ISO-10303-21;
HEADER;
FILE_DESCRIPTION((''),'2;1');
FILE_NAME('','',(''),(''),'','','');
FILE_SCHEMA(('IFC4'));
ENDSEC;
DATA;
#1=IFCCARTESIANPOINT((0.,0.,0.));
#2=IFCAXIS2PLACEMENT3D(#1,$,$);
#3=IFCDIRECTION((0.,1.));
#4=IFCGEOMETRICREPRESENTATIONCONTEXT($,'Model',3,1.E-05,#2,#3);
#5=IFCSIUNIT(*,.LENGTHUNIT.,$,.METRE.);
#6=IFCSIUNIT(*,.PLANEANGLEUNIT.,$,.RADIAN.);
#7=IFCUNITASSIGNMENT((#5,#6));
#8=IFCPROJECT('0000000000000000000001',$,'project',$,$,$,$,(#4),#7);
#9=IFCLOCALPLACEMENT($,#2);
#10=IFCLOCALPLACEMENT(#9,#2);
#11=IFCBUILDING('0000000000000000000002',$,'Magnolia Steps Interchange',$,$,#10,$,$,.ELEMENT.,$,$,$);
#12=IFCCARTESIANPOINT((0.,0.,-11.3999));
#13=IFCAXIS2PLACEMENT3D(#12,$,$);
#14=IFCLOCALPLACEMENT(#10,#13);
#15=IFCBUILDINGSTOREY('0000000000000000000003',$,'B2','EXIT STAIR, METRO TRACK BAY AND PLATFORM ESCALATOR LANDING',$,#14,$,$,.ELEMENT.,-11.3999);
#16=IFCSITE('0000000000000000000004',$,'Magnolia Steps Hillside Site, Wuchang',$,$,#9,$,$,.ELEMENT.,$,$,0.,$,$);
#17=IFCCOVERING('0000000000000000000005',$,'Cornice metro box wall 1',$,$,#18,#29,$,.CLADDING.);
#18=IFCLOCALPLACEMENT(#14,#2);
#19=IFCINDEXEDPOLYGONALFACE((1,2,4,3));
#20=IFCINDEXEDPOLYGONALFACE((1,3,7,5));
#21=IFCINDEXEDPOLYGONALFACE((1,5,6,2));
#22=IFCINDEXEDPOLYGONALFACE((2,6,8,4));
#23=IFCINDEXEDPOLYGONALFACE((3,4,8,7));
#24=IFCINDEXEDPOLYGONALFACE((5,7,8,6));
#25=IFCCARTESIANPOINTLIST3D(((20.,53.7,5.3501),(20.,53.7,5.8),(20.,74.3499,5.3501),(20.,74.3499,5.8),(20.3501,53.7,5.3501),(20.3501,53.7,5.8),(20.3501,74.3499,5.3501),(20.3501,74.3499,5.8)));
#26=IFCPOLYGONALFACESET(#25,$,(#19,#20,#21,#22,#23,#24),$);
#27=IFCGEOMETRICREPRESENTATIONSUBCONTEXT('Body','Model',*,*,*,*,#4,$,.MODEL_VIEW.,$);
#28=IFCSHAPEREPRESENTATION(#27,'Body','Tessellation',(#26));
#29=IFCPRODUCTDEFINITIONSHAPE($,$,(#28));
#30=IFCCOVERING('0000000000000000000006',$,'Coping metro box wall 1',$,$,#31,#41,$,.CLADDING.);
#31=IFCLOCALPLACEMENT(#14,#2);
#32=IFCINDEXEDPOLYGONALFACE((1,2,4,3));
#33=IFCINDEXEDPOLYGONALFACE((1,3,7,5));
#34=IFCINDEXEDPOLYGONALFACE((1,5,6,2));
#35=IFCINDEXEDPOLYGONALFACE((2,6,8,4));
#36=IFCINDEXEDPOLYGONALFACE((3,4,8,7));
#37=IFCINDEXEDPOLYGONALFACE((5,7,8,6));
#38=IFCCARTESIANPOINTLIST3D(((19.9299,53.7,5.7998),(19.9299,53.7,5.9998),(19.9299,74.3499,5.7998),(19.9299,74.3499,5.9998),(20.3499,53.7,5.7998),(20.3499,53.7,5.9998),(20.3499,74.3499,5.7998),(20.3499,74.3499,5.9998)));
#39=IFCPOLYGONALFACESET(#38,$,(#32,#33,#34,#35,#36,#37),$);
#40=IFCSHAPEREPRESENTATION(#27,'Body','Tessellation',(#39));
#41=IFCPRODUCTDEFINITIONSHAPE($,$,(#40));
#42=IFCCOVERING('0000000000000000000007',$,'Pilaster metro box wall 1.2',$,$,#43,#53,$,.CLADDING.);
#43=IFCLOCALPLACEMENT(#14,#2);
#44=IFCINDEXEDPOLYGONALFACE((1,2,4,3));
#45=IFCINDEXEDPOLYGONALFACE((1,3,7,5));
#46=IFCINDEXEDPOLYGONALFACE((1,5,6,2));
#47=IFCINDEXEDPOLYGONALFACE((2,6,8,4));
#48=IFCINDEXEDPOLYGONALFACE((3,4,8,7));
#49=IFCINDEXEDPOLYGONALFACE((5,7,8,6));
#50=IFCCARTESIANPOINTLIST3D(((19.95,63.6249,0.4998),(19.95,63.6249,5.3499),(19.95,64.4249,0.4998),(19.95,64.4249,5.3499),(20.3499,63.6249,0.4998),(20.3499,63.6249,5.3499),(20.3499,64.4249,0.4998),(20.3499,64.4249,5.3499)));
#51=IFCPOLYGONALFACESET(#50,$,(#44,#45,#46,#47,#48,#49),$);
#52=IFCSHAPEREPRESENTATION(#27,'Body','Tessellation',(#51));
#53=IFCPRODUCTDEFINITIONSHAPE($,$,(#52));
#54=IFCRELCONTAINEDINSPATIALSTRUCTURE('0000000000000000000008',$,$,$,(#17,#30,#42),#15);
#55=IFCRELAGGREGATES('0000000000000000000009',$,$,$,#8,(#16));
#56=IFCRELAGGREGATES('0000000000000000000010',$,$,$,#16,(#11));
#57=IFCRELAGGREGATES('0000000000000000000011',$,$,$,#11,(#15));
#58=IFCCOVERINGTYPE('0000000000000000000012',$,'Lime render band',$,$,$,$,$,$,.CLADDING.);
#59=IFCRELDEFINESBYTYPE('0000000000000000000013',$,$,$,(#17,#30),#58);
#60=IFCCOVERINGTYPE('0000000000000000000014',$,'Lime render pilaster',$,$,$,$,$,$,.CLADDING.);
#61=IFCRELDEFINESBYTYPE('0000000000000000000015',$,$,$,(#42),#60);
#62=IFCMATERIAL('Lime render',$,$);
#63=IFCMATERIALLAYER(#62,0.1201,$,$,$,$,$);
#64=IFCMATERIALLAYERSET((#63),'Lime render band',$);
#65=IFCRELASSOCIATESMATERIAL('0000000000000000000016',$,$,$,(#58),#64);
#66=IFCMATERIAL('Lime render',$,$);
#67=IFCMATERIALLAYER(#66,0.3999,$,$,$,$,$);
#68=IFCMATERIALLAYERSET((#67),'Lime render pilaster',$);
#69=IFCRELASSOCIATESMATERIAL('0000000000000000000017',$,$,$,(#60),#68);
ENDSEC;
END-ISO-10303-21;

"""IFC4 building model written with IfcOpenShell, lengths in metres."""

from ifc_helpers import new_model, si_unit, direction, frame, origin, origin_2d, place, context, subcontext, project, spatial, rectangle, extrude, material, layer, layer_set, type_object, element, save


model = new_model("IFC4")

# Units and contexts
model_context = context("Model", 3, precision=1e-05, world=origin(), true_north=direction((0.0, 1.0)))
body_context = subcontext(model_context, "Body", "Model", "MODEL_VIEW")
ifc_project = project(units=[si_unit("LENGTHUNIT", "METRE"), si_unit("PLANEANGLEUNIT", "RADIAN")], contexts=[model_context])

# Site, building, storey
site_placement = place(None, origin())
site = spatial("IfcSite", under=ifc_project, at=site_placement, Name="Magnolia Steps Hillside Site, Wuchang", CompositionType="ELEMENT", RefElevation=0.0)
building_placement = place(site_placement, origin())
building = spatial("IfcBuilding", under=site, at=building_placement, Name="Magnolia Steps Interchange", CompositionType="ELEMENT")
storey_placement = place(building_placement, frame((0.0, 0.0, -11.3999)))
storey = spatial("IfcBuildingStorey", under=building, at=storey_placement, Name="B2", Description="EXIT STAIR, METRO TRACK BAY AND PLATFORM ESCALATOR LANDING", CompositionType="ELEMENT", Elevation=-11.3999)

# Coverings
ifc_material_1 = material(Name="Lime render")
ifc_layer_1 = layer(ifc_material_1, 0.1201)
ifc_layer_set_1 = layer_set([ifc_layer_1], Name="Lime render band")
covering_type_1 = type_object("IfcCoveringType", Name="Lime render band", PredefinedType="CLADDING", material=ifc_layer_set_1)
covering_1_placement = place(storey_placement, frame((20.175, 64.0249, 5.3501), z_axis=(0.0, 0.0, 1.0), x_axis=(1.0, 0.0, 0.0)))
element("IfcCovering", 1, at=covering_1_placement, inside=storey, type_object=covering_type_1, Name="Cornice metro box wall 1", PredefinedType="CLADDING", context=body_context, shape_type="SweptSolid", body=[
    extrude(rectangle(XDim=0.3501, YDim=20.6499, at=origin_2d()), origin(), (0.0, 0.0, 1.0), 0.45),
])
covering_2_placement = place(storey_placement, frame((20.1399, 64.0249, 5.7998), z_axis=(0.0, 0.0, 1.0), x_axis=(1.0, 0.0, 0.0)))
element("IfcCovering", 2, at=covering_2_placement, inside=storey, type_object=covering_type_1, Name="Coping metro box wall 1", PredefinedType="CLADDING", context=body_context, shape_type="SweptSolid", body=[
    extrude(rectangle(XDim=0.4199, YDim=20.6499, at=origin_2d()), origin(), (0.0, 0.0, 1.0), 0.2),
])
ifc_material_2 = material(Name="Lime render")
ifc_layer_2 = layer(ifc_material_2, 0.3999)
ifc_layer_set_2 = layer_set([ifc_layer_2], Name="Lime render pilaster")
covering_type_2 = type_object("IfcCoveringType", Name="Lime render pilaster", PredefinedType="CLADDING", material=ifc_layer_set_2)
covering_3_placement = place(storey_placement, frame((20.1499, 64.0249, 0.4998), z_axis=(0.0, 0.0, 1.0), x_axis=(1.0, 0.0, 0.0)))
element("IfcCovering", 3, at=covering_3_placement, inside=storey, type_object=covering_type_2, Name="Pilaster metro box wall 1.2", PredefinedType="CLADDING", context=body_context, shape_type="SweptSolid", body=[
    extrude(rectangle(XDim=0.3999, YDim=0.8, at=origin_2d()), origin(), (0.0, 0.0, 1.0), 4.8501),
])

save(model, "model.ifc")
